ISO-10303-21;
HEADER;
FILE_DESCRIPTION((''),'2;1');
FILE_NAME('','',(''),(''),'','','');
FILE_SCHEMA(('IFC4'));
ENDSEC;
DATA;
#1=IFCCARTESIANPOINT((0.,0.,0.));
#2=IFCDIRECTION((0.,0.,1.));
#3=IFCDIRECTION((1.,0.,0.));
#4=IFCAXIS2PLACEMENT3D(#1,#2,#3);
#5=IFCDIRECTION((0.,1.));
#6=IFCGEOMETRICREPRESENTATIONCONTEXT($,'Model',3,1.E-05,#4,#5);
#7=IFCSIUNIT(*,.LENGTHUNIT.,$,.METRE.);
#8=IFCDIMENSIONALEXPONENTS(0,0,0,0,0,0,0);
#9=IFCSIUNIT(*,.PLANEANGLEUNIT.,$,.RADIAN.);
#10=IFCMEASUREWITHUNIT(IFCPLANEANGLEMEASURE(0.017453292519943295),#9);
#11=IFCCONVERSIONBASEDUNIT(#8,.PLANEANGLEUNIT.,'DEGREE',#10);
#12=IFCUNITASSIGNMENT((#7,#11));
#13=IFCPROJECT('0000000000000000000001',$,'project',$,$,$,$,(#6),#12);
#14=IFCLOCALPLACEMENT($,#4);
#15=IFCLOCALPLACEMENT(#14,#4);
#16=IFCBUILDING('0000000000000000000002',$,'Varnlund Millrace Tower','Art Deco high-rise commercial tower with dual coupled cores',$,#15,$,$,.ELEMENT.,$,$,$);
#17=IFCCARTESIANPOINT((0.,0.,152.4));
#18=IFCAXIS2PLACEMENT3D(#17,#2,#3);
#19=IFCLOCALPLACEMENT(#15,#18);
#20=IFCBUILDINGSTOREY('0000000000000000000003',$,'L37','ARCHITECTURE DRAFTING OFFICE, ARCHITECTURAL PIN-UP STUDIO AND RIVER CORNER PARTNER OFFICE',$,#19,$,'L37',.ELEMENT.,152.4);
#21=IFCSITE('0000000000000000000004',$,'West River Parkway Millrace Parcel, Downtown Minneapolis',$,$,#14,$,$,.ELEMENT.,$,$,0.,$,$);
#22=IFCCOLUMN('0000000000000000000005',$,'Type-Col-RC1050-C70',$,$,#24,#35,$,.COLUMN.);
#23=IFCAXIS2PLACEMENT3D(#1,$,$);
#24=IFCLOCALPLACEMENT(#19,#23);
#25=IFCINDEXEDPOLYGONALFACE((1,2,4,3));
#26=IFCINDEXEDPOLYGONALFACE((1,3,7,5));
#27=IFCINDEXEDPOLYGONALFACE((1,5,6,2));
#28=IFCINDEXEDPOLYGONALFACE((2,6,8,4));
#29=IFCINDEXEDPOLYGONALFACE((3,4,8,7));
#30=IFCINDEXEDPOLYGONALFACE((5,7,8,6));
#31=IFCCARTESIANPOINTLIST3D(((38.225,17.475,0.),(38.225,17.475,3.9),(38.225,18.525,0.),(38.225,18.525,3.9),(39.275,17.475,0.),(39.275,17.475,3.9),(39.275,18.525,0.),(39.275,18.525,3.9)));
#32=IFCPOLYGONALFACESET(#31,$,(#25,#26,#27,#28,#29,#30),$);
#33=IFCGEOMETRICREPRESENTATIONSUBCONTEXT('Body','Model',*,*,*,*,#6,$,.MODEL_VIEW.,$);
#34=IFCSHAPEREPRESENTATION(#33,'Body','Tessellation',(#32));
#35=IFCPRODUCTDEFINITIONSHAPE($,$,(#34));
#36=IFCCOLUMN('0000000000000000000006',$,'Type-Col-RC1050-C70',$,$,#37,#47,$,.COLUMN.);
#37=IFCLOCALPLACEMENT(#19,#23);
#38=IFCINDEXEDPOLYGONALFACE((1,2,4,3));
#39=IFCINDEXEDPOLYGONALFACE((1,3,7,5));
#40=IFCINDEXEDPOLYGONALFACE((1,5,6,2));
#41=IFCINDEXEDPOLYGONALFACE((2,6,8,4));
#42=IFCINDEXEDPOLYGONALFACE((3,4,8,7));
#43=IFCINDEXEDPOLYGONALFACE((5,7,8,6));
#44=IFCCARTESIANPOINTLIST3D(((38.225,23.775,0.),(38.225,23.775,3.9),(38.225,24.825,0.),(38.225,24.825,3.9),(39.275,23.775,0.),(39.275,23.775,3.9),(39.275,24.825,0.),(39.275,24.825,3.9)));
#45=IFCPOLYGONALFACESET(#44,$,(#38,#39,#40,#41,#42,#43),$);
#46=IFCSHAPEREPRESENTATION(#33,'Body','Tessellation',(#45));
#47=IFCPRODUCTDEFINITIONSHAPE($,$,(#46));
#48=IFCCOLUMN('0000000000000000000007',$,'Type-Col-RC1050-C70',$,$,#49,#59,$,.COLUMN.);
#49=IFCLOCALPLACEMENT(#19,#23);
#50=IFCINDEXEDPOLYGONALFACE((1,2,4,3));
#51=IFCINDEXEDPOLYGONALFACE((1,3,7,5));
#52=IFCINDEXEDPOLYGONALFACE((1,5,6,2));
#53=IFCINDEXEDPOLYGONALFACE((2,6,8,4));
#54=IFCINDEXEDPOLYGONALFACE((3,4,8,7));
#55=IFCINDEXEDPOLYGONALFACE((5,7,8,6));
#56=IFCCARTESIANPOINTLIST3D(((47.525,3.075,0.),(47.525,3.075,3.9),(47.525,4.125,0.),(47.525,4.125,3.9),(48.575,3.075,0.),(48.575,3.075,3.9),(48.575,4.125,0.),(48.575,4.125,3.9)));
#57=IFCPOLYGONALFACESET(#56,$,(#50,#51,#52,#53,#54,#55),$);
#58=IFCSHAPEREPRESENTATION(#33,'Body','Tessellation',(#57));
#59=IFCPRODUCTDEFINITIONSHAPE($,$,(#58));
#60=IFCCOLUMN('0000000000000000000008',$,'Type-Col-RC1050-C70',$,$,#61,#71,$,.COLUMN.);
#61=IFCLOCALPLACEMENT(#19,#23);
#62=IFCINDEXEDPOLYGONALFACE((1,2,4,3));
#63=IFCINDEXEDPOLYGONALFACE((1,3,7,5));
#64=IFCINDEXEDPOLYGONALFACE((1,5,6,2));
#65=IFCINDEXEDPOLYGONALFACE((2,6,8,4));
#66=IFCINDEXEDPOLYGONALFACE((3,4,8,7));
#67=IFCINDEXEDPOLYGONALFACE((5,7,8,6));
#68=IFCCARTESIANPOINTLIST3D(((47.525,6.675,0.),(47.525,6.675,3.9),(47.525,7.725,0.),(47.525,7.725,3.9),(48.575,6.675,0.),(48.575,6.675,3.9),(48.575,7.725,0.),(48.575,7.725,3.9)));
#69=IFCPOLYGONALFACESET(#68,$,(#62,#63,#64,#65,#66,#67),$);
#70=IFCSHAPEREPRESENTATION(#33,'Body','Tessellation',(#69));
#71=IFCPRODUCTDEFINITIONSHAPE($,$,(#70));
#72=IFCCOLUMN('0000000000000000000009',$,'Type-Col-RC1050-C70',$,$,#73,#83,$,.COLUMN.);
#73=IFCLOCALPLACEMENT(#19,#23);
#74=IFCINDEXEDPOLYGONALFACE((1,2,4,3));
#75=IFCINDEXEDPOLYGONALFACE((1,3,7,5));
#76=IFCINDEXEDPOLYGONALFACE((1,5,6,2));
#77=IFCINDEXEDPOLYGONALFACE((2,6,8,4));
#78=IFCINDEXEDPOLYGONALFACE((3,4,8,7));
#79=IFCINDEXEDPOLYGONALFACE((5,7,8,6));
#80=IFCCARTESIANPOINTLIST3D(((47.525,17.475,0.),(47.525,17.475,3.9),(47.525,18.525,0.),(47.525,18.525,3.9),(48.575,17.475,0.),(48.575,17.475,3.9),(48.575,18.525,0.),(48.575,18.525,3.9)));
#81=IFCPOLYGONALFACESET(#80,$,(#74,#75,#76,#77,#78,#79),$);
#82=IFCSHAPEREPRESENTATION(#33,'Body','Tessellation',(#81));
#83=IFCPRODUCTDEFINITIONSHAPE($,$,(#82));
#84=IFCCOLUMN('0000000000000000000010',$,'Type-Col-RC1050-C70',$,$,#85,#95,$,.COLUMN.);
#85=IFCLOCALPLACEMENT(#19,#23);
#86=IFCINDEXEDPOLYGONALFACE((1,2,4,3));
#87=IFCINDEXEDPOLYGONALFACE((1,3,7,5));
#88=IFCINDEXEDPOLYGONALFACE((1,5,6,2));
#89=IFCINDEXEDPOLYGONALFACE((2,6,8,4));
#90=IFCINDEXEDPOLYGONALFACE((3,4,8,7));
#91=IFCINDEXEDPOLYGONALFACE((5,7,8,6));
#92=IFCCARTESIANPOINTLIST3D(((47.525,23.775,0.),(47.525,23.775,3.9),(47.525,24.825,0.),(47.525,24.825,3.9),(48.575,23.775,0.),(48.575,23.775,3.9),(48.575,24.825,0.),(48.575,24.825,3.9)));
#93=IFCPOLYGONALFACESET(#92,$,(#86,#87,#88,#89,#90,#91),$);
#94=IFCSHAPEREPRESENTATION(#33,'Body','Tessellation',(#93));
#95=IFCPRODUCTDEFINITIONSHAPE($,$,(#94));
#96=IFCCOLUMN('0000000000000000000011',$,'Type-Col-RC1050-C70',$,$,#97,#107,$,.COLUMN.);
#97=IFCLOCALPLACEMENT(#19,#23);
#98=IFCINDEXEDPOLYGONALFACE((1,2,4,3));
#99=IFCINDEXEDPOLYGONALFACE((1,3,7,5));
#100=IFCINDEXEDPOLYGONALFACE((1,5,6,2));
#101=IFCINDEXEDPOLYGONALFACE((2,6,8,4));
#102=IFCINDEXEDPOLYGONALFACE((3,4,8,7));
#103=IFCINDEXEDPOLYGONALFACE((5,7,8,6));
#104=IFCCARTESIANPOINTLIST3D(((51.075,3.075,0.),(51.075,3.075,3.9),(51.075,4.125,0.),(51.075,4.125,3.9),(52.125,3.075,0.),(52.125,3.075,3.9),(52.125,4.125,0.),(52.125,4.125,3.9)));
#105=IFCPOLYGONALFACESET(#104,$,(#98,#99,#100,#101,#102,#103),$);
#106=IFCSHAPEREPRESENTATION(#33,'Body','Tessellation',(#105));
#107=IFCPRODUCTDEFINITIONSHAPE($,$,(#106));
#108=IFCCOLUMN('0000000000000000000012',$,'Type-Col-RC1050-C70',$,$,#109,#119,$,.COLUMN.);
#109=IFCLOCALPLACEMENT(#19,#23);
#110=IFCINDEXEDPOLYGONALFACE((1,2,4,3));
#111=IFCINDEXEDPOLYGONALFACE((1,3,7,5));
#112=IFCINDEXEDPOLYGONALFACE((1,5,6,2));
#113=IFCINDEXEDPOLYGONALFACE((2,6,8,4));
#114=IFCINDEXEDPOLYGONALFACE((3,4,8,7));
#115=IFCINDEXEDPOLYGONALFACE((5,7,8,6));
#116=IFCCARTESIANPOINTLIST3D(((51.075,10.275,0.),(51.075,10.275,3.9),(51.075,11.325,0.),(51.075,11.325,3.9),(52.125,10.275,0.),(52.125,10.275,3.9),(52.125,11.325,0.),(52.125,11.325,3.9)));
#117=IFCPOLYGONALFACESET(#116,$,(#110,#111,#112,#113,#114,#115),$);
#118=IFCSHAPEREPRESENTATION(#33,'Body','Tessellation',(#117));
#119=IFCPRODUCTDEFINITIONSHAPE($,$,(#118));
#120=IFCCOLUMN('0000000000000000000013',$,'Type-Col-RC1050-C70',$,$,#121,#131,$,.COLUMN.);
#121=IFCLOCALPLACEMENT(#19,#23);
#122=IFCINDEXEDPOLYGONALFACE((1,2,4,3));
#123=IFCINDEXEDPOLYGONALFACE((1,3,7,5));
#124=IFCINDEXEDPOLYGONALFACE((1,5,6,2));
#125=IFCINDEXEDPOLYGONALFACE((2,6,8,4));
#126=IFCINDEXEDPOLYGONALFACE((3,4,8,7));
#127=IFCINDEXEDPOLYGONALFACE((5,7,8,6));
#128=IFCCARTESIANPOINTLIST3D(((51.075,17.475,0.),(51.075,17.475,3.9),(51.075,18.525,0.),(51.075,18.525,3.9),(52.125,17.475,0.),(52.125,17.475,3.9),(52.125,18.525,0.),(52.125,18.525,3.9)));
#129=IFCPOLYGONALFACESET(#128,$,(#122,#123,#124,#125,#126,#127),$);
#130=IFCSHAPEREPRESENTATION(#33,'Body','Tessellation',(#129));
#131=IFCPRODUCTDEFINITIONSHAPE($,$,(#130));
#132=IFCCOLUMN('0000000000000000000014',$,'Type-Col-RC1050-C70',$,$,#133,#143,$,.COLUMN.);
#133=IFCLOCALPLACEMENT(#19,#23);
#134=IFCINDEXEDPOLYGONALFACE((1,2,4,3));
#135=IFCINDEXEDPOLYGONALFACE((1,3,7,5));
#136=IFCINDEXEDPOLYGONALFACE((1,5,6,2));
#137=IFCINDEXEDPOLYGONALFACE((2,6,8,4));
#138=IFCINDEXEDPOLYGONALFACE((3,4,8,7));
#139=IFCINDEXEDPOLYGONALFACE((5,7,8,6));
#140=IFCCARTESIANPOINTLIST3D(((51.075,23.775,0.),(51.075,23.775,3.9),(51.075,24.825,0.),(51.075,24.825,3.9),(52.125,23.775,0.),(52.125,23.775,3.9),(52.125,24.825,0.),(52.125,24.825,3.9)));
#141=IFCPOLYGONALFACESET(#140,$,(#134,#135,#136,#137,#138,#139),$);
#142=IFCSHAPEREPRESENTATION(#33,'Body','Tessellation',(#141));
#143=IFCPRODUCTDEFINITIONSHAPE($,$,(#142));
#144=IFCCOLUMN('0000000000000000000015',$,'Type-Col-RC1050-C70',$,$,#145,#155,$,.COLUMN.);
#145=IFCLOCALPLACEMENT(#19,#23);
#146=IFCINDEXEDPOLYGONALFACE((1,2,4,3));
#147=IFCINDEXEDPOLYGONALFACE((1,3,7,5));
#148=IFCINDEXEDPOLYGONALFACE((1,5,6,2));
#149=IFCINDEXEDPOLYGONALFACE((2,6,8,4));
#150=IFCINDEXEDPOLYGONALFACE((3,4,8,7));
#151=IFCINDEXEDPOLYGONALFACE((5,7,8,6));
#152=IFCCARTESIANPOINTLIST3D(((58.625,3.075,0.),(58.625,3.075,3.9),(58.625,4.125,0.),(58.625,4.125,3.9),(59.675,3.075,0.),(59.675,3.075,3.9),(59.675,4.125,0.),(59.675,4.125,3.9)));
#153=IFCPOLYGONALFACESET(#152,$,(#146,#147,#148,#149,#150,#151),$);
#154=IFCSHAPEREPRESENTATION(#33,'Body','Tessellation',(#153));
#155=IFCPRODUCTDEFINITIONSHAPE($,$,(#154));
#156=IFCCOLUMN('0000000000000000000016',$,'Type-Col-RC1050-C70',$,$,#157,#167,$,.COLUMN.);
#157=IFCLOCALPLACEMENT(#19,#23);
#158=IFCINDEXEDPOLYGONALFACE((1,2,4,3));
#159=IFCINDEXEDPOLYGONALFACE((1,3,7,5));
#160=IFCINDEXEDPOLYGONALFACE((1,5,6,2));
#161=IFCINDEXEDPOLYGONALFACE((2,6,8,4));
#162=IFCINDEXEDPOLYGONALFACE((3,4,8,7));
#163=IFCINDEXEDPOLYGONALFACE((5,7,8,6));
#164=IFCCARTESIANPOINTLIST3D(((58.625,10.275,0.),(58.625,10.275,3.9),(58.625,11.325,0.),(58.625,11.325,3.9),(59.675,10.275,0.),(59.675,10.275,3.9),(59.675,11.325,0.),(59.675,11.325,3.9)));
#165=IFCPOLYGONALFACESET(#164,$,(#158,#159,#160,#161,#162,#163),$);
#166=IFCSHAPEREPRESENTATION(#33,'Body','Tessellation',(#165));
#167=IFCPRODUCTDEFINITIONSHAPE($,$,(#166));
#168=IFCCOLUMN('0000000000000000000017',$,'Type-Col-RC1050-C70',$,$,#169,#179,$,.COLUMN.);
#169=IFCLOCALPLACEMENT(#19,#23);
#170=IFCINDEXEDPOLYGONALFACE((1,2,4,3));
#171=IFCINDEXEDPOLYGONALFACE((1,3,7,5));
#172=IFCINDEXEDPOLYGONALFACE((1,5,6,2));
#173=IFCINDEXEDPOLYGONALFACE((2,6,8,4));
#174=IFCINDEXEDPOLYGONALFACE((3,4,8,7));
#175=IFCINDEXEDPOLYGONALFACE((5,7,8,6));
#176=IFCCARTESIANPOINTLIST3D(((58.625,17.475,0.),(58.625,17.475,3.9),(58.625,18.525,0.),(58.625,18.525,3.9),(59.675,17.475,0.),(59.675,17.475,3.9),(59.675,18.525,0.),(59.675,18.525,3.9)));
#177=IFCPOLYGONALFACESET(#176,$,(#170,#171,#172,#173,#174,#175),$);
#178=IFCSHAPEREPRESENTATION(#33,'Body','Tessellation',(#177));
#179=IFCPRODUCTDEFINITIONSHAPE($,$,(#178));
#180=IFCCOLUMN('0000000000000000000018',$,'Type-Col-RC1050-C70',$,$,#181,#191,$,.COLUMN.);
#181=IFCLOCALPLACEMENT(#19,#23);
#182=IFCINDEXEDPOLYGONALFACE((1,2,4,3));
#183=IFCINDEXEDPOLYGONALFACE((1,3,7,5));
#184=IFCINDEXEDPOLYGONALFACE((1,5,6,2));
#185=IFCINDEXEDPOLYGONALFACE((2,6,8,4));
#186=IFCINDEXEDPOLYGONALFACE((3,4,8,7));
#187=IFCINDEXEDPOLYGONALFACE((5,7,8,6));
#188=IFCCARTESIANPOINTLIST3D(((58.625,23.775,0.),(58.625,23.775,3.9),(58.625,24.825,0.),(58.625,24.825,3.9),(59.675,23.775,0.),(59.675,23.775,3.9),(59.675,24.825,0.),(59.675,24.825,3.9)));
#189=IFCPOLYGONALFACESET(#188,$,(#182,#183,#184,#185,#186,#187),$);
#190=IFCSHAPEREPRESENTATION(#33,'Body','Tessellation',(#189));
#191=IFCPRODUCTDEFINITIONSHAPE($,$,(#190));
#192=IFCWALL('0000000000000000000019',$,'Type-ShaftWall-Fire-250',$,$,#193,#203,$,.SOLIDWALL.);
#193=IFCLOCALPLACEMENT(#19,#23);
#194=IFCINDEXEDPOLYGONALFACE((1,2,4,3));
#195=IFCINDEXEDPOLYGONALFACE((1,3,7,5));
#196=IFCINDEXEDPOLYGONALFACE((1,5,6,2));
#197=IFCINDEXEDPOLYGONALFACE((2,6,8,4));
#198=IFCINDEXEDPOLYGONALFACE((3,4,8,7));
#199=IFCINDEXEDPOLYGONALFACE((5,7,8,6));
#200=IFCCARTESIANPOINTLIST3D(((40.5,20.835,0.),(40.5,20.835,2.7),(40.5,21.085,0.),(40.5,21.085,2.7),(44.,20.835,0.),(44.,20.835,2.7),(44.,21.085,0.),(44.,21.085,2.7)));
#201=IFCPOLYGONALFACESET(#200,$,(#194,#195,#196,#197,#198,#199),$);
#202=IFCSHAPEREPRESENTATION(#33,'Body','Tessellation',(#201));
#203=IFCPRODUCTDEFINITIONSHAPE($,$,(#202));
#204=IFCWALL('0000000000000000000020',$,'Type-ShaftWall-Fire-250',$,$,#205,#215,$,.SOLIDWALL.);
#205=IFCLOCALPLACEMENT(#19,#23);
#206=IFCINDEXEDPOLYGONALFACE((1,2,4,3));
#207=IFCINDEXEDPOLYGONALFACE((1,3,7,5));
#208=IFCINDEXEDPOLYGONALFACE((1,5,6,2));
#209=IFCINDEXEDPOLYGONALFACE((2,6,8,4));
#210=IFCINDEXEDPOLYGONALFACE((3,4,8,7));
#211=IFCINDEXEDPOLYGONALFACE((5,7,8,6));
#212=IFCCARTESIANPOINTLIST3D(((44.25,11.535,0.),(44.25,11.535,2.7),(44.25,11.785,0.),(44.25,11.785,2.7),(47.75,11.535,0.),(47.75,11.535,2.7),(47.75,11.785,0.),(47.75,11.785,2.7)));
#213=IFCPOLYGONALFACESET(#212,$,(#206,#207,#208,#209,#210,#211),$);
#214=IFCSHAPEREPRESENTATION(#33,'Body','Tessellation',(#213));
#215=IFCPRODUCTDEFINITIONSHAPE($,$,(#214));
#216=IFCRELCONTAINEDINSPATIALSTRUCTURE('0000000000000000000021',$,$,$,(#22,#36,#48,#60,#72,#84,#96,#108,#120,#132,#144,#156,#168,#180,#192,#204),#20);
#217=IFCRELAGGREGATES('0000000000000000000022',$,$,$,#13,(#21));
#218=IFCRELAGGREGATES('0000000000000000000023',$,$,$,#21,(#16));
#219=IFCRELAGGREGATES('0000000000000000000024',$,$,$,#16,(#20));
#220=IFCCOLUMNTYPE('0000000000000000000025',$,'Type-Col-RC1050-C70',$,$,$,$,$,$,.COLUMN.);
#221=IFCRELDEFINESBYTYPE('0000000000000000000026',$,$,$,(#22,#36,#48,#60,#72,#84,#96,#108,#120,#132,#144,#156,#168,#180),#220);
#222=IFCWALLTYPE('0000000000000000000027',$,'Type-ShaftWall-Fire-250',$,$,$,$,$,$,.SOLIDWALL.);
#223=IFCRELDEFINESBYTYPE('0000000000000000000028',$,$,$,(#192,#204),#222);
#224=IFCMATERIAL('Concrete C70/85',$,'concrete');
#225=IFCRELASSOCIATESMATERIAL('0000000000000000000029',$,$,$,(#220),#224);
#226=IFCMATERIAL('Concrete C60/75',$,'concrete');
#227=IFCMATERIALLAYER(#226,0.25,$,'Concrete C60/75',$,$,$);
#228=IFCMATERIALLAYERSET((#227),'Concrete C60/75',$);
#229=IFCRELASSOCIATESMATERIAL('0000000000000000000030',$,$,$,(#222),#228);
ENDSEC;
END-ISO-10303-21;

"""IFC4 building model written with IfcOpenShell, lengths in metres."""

from ifc_helpers import new_model, entity, si_unit, converted_unit, direction, frame, origin_with_axes, origin_2d_with_axis, place, context, subcontext, project, spatial, polyline, rectangle, outline, extrude, material, layer, layer_set, material_profile, profile_set, type_object, element, save


model = new_model("IFC4")

# Units and contexts
model_context = context("Model", 3, precision=1e-05, world=origin_with_axes(), true_north=direction((0.0, 1.0)))
body_context = subcontext(model_context, "Body", "Model", "MODEL_VIEW")
ifc_project = project(units=[si_unit("LENGTHUNIT", "METRE"), converted_unit("PLANEANGLEUNIT", "DEGREE", entity("IfcPlaneAngleMeasure", 0.017453292519943295), si_unit("PLANEANGLEUNIT", "RADIAN"), dimensions=[0, 0, 0, 0, 0, 0, 0])], contexts=[model_context])

# Site, building, storey
site_placement = place(None, origin_with_axes())
site = spatial("IfcSite", under=ifc_project, at=site_placement, Name="West River Parkway Millrace Parcel, Downtown Minneapolis", CompositionType="ELEMENT", RefElevation=0.0)
building_placement = place(site_placement, origin_with_axes())
building = spatial("IfcBuilding", under=site, at=building_placement, Name="Varnlund Millrace Tower", Description="Art Deco high-rise commercial tower with dual coupled cores", CompositionType="ELEMENT")
storey_placement = place(building_placement, frame((0.0, 0.0, 152.4), z_axis=(0.0, 0.0, 1.0), x_axis=(1.0, 0.0, 0.0)))
storey = spatial("IfcBuildingStorey", under=building, at=storey_placement, Name="L37", Description="ARCHITECTURE DRAFTING OFFICE, ARCHITECTURAL PIN-UP STUDIO AND RIVER CORNER PARTNER OFFICE", LongName="L37", CompositionType="ELEMENT", Elevation=152.4)

# Columns
ifc_material_1 = material(Name="Concrete C70/85", Category="concrete")
ifc_material_profile = material_profile(ifc_material_1, rectangle(XDim=1.05, YDim=1.05, at=origin_2d_with_axis()), Name="Concrete C70/85")
ifc_profile_set = profile_set([ifc_material_profile], Name="Concrete C70/85")
column_type = type_object("IfcColumnType", Name="Type-Col-RC1050-C70", PredefinedType="COLUMN", material=ifc_profile_set)
for number, where, z_axis, x_axis, name in (
    (1, (38.75, 18.0, 0.0), (0.0, 0.0, 1.0), (1.0, 0.0, 0.0), "Type-Col-RC1050-C70"),
    (2, (38.75, 24.3, 0.0), (0.0, 0.0, 1.0), (1.0, 0.0, 0.0), "Type-Col-RC1050-C70"),
    (3, (48.05, 3.6, 0.0), (0.0, 0.0, 1.0), (1.0, 0.0, 0.0), "Type-Col-RC1050-C70"),
    (4, (48.05, 7.2, 0.0), (0.0, 0.0, 1.0), (1.0, 0.0, 0.0), "Type-Col-RC1050-C70"),
    (5, (48.05, 18.0, 0.0), (0.0, 0.0, 1.0), (1.0, 0.0, 0.0), "Type-Col-RC1050-C70"),
    (6, (48.05, 24.3, 0.0), (0.0, 0.0, 1.0), (1.0, 0.0, 0.0), "Type-Col-RC1050-C70"),
    (7, (51.6, 3.6, 0.0), (0.0, 0.0, 1.0), (1.0, 0.0, 0.0), "Type-Col-RC1050-C70"),
    (8, (51.6, 10.8, 0.0), (0.0, 0.0, 1.0), (1.0, 0.0, 0.0), "Type-Col-RC1050-C70"),
    (9, (51.6, 18.0, 0.0), (0.0, 0.0, 1.0), (1.0, 0.0, 0.0), "Type-Col-RC1050-C70"),
    (10, (51.6, 24.3, 0.0), (0.0, 0.0, 1.0), (1.0, 0.0, 0.0), "Type-Col-RC1050-C70"),
    (11, (59.15, 3.6, 0.0), (0.0, 0.0, 1.0), (1.0, 0.0, 0.0), "Type-Col-RC1050-C70"),
    (12, (59.15, 10.8, 0.0), (0.0, 0.0, 1.0), (1.0, 0.0, 0.0), "Type-Col-RC1050-C70"),
    (13, (59.15, 18.0, 0.0), (0.0, 0.0, 1.0), (1.0, 0.0, 0.0), "Type-Col-RC1050-C70"),
    (14, (59.15, 24.3, 0.0), (0.0, 0.0, 1.0), (1.0, 0.0, 0.0), "Type-Col-RC1050-C70"),
):
    element("IfcColumn", number, at=place(storey_placement, frame(where, z_axis=z_axis, x_axis=x_axis)), inside=storey, type_object=column_type, Name=name, PredefinedType="COLUMN", context=body_context, shape_type="SweptSolid", body=[
        extrude(rectangle(XDim=1.05, YDim=1.05, at=origin_2d_with_axis()), origin_with_axes(), (0.0, 0.0, 1.0), 3.9),
    ])

# Walls
ifc_material_2 = material(Name="Concrete C60/75", Category="concrete")
ifc_layer = layer(ifc_material_2, 0.25, Name="Concrete C60/75")
ifc_layer_set = layer_set([ifc_layer], Name="Concrete C60/75")
wall_type = type_object("IfcWallType", Name="Type-ShaftWall-Fire-250", PredefinedType="SOLIDWALL", material=ifc_layer_set)
for number, where, z_axis, x_axis, name in (
    (15, (40.5, 20.96, 0.0), (0.0, 0.0, 1.0), (1.0, 0.0, 0.0), "Type-ShaftWall-Fire-250"),
    (16, (44.25, 11.66, 0.0), (0.0, 0.0, 1.0), (1.0, 0.0, 0.0), "Type-ShaftWall-Fire-250"),
):
    element("IfcWall", number, at=place(storey_placement, frame(where, z_axis=z_axis, x_axis=x_axis)), inside=storey, type_object=wall_type, Name=name, PredefinedType="SOLIDWALL", context=body_context, shape_type="SweptSolid", body=[
        extrude(outline(polyline([(0.0, -0.125), (3.5, -0.125), (3.5, 0.125), (0.0, 0.125), (0.0, -0.125)])), origin_with_axes(), (0.0, 0.0, 1.0), 2.7),
    ])

save(model, "model.ifc")
